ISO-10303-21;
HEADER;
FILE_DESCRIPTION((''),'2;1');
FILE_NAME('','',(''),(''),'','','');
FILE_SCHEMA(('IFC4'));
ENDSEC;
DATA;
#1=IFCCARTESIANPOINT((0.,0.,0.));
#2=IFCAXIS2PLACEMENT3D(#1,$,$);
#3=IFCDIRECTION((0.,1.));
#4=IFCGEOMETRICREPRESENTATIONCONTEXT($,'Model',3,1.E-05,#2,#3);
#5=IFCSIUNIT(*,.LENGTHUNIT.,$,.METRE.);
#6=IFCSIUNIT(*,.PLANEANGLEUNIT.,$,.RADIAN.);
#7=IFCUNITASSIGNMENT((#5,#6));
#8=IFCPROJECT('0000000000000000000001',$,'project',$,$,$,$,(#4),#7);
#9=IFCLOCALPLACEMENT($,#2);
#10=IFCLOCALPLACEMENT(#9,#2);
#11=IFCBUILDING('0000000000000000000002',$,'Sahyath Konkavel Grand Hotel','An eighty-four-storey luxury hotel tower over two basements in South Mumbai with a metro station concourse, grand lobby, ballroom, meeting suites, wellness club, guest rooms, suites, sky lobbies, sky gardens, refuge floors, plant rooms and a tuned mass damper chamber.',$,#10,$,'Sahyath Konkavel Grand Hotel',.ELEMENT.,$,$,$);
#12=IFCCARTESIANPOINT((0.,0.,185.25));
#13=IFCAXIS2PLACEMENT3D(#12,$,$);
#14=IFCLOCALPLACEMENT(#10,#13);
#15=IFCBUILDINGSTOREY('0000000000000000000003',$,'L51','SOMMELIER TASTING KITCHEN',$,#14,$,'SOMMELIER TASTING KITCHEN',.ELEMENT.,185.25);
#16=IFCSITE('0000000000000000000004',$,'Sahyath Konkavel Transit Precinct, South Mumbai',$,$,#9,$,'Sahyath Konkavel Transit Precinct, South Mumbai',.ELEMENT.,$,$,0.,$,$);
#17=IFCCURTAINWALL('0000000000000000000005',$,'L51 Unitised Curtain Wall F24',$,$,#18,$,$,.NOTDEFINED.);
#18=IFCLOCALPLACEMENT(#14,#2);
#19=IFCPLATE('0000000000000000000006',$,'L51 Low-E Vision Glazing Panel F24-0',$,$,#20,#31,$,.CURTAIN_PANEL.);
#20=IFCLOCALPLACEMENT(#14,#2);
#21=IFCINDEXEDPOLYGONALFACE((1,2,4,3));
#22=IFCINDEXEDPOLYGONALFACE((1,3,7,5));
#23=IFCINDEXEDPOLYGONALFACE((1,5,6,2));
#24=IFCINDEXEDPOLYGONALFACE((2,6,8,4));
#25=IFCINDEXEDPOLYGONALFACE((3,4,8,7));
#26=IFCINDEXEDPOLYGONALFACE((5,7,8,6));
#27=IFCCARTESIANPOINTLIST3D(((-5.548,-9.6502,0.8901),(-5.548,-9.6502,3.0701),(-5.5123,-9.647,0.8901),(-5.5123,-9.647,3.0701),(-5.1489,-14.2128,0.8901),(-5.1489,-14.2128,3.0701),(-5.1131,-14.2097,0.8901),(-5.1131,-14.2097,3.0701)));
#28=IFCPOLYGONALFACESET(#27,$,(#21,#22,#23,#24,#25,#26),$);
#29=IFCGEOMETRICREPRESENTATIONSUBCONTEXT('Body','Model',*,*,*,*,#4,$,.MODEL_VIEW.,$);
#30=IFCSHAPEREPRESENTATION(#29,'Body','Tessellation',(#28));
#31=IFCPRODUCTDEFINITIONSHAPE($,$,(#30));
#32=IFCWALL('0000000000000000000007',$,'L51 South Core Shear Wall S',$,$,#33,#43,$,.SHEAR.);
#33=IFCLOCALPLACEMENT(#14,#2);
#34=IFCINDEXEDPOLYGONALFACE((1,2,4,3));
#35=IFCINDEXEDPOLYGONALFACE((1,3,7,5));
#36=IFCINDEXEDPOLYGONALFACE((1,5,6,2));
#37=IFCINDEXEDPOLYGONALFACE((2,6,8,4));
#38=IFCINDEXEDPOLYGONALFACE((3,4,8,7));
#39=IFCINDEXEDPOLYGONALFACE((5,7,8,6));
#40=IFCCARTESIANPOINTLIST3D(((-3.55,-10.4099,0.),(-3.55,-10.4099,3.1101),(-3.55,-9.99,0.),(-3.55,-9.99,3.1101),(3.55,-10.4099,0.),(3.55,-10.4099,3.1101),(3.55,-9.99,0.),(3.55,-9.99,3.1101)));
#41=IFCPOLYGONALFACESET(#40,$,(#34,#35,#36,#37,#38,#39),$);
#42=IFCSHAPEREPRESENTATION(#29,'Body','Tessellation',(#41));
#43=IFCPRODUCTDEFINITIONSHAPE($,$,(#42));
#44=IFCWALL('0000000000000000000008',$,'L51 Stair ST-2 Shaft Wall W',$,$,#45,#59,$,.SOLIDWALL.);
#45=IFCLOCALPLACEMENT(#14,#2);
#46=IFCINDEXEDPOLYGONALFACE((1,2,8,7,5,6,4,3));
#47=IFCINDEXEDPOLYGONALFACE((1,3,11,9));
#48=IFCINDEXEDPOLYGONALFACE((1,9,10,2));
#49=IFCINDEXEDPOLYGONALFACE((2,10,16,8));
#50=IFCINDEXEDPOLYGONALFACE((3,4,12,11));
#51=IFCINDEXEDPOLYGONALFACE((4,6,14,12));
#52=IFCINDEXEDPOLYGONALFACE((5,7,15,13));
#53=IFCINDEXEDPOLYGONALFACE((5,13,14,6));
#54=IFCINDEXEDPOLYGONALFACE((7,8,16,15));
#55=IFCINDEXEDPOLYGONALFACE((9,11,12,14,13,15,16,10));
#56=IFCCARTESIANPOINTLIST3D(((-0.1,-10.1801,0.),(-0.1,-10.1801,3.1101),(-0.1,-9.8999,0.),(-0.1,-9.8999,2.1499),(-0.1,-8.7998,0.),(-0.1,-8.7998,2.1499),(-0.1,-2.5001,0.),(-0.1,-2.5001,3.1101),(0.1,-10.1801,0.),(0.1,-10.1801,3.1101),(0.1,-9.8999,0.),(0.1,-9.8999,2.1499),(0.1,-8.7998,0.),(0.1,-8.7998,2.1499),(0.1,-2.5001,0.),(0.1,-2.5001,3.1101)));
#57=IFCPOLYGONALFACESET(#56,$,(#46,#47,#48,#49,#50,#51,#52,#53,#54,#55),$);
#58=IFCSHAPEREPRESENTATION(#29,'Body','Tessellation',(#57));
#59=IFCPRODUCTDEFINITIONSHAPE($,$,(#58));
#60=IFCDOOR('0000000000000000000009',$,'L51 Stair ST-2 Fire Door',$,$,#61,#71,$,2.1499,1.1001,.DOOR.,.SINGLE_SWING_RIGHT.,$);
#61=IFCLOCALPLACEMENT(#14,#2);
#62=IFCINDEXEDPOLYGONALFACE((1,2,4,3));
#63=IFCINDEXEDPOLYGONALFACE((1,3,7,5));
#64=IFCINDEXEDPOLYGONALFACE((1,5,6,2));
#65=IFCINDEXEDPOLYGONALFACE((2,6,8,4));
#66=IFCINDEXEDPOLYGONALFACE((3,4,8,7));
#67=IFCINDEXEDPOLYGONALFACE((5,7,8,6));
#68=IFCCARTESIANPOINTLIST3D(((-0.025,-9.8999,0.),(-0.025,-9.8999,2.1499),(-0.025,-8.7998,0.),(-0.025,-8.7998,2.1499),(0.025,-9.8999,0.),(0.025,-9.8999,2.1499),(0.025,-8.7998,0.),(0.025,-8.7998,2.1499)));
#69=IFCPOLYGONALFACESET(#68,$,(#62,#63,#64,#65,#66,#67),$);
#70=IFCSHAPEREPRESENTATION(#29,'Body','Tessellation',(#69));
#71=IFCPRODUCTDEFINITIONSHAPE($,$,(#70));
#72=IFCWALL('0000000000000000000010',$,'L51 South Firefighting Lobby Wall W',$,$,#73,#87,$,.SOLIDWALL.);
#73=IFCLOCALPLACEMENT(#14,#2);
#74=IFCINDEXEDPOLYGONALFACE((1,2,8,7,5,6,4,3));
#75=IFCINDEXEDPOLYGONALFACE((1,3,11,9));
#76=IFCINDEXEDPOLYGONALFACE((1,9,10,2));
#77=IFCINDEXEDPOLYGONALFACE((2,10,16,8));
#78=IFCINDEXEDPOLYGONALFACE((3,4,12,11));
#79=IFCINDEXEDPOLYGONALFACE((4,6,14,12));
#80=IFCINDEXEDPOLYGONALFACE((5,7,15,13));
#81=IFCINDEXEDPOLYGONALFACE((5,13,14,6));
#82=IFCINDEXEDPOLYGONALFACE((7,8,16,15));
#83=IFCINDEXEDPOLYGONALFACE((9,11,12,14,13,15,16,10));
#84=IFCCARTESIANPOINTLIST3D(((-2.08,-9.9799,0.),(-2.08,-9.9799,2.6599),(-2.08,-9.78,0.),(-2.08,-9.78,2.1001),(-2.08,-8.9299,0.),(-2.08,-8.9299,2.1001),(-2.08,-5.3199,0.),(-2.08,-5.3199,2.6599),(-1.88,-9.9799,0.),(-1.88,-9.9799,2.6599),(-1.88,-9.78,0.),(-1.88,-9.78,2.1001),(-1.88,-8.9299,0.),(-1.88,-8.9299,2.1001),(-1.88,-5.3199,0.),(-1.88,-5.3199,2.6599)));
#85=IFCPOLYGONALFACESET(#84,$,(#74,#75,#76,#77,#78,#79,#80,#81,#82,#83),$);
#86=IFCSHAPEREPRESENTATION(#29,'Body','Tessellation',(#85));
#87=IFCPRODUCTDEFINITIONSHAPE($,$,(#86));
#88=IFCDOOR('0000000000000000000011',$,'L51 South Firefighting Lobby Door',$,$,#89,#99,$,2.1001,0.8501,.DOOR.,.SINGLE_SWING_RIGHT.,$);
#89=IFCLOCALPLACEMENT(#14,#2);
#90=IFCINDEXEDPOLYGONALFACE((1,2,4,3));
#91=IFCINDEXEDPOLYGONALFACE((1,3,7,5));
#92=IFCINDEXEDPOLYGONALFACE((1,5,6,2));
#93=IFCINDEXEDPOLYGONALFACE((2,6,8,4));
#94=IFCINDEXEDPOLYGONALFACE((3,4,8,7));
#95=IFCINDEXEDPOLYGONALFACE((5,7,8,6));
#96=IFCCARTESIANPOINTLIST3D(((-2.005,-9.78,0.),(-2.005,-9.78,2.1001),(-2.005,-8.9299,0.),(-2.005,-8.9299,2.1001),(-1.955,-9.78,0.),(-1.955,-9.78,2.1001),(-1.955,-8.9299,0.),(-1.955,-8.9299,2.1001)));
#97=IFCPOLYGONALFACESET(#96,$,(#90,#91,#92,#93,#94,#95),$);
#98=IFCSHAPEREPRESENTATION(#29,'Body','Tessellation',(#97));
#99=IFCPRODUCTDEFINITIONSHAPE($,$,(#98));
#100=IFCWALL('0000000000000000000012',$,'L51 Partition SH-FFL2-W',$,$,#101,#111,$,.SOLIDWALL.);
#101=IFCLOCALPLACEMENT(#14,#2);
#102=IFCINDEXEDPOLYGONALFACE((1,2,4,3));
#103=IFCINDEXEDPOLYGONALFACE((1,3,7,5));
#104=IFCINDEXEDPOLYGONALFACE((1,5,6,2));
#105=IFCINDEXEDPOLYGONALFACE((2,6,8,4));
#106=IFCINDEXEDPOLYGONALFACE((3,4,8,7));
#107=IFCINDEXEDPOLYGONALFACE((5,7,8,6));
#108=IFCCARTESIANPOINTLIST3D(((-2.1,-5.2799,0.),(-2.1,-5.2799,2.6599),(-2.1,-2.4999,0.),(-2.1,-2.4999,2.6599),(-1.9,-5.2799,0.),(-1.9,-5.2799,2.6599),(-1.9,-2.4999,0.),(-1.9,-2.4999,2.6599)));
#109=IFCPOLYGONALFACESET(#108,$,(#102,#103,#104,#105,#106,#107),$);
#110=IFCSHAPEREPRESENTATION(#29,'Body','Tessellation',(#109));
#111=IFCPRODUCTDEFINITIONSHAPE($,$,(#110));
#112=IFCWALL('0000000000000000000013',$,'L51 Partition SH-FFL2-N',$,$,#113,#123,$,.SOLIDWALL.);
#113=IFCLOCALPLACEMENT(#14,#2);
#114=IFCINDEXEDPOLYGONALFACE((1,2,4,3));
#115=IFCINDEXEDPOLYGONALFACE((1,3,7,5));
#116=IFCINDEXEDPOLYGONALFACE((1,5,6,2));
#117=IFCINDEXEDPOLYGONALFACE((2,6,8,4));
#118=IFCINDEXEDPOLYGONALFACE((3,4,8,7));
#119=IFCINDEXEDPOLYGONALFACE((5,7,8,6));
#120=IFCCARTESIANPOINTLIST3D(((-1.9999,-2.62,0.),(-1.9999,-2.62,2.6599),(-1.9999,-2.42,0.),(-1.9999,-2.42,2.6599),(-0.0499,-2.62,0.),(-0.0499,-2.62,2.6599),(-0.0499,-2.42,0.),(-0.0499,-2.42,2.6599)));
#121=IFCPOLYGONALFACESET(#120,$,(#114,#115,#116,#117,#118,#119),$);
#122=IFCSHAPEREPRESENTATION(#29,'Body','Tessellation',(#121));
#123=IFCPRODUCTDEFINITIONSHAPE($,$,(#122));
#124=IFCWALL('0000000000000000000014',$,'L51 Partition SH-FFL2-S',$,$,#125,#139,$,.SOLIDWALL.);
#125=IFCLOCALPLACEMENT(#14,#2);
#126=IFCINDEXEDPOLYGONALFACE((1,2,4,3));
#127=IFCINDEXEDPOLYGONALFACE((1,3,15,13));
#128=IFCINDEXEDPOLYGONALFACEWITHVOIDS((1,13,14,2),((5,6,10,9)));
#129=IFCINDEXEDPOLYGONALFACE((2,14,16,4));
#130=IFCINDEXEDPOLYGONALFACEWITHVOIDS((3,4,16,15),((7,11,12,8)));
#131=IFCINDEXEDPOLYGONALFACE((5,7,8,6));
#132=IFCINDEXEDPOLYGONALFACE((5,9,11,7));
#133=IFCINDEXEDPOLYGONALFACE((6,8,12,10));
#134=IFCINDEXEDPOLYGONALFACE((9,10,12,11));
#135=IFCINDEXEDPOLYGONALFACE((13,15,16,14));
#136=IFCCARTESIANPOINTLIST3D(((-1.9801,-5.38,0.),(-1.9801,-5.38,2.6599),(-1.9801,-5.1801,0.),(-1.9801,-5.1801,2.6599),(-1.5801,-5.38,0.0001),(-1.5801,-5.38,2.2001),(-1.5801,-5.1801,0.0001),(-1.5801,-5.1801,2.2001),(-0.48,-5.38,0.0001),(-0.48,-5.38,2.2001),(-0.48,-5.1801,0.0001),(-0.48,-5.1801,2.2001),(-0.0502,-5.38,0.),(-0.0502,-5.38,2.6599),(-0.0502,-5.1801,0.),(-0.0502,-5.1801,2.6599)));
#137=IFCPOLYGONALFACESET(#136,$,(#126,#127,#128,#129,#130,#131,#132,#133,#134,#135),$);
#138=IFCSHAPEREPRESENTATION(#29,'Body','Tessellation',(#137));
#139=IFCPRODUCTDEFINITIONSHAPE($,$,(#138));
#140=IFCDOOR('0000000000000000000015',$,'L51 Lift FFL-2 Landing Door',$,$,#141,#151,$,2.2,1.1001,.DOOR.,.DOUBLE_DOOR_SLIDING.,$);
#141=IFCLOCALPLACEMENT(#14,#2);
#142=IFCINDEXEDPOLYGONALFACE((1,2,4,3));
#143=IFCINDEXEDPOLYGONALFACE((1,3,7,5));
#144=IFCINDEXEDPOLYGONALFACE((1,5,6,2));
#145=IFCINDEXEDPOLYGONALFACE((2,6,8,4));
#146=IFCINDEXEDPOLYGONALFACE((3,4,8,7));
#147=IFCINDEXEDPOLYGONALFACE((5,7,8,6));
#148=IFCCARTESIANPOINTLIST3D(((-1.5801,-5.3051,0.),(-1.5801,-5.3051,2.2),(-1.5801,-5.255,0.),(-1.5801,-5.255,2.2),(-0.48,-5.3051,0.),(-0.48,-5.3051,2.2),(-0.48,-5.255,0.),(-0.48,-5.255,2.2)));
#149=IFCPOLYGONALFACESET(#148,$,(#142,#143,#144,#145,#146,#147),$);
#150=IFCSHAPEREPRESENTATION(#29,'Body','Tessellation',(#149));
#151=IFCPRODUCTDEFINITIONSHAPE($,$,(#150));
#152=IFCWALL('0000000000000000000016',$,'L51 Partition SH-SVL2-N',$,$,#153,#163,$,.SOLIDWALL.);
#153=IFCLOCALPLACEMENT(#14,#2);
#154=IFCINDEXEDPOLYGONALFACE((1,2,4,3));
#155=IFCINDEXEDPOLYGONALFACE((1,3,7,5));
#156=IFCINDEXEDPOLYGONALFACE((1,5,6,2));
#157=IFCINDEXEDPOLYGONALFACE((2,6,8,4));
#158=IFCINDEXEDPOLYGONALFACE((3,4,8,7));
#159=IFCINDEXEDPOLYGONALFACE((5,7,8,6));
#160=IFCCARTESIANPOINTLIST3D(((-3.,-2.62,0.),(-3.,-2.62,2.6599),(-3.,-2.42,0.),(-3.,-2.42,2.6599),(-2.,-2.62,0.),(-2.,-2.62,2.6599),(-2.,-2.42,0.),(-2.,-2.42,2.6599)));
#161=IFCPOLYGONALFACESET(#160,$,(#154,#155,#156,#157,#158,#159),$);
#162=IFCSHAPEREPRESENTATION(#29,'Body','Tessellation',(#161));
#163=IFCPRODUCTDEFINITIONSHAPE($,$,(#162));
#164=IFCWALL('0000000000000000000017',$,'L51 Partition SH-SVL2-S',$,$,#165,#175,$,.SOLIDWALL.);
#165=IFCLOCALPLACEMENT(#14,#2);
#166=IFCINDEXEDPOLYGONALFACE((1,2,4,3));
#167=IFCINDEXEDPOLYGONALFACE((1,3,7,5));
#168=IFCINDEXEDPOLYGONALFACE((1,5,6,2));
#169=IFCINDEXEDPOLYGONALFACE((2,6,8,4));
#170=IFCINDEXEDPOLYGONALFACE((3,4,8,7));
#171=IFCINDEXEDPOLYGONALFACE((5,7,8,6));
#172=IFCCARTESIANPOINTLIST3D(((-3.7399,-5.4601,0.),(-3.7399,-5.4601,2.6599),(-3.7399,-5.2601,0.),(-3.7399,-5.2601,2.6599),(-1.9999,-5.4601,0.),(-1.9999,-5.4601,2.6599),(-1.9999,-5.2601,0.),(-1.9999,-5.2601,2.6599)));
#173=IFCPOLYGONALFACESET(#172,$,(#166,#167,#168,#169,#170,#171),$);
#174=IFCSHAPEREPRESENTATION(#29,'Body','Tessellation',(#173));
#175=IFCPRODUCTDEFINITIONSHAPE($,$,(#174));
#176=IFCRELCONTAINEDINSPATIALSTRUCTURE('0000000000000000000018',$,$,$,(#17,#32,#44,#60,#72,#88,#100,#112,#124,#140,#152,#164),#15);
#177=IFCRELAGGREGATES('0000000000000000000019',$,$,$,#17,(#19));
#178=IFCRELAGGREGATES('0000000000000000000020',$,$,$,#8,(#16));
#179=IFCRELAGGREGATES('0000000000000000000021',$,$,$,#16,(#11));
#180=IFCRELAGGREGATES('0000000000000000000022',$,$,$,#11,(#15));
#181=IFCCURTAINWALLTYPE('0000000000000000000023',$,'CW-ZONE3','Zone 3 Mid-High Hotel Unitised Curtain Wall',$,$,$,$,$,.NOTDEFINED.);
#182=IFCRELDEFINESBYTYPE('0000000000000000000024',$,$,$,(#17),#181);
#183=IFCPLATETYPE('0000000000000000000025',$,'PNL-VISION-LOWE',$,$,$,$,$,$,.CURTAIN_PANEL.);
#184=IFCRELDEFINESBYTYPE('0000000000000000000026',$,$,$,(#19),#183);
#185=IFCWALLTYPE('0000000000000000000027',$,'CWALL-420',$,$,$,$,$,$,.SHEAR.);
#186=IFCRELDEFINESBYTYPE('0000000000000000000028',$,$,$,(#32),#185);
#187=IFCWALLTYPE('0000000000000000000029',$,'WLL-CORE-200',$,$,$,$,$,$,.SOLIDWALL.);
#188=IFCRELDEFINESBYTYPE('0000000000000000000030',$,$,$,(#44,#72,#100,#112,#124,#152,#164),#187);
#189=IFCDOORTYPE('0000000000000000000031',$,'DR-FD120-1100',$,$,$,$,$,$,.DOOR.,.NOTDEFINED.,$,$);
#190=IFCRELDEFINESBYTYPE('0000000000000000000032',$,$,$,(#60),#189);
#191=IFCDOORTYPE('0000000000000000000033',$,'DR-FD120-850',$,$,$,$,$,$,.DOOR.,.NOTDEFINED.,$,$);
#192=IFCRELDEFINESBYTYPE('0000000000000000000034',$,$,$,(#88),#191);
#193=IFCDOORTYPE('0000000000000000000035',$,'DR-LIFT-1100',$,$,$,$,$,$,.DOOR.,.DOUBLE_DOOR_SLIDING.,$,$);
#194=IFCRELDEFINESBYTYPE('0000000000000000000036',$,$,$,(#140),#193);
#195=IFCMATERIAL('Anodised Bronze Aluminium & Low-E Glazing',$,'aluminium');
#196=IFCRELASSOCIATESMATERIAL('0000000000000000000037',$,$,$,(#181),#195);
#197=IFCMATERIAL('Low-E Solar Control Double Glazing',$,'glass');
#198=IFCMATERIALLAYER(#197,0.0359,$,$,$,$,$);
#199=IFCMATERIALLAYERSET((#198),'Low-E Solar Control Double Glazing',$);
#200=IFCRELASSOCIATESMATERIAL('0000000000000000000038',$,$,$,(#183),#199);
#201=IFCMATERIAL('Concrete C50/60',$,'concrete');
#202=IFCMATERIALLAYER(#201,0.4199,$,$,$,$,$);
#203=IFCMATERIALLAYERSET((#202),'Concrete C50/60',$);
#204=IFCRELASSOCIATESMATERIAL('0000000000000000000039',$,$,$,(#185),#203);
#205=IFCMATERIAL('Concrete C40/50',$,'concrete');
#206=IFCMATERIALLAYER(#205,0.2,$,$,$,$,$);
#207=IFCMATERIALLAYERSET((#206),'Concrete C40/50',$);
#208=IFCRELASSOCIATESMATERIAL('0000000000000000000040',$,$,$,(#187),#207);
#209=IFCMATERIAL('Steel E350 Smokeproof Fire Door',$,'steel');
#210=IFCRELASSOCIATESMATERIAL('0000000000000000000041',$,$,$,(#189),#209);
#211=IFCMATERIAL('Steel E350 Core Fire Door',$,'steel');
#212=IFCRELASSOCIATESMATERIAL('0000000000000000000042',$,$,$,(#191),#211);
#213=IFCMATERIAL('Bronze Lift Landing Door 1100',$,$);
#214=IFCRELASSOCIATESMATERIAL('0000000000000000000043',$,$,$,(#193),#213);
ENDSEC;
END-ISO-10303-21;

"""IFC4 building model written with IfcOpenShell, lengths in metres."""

from ifc_helpers import new_model, si_unit, direction, frame, frame_2d, origin, origin_2d, place, context, subcontext, project, spatial, rectangle, extrude, source, transform, mapped, material, layer, layer_set, type_object, element, fill, aggregate, save


model = new_model("IFC4")

# Units and contexts
model_context = context("Model", 3, precision=1e-05, world=origin(), true_north=direction((0.0, 1.0)))
body_context = subcontext(model_context, "Body", "Model", "MODEL_VIEW")
ifc_project = project(units=[si_unit("LENGTHUNIT", "METRE"), si_unit("PLANEANGLEUNIT", "RADIAN")], contexts=[model_context])

# Site, building, storey
site_placement = place(None, origin())
site = spatial("IfcSite", under=ifc_project, at=site_placement, Name="Sahyath Konkavel Transit Precinct, South Mumbai", LongName="Sahyath Konkavel Transit Precinct, South Mumbai", CompositionType="ELEMENT", RefElevation=0.0)
building_placement = place(site_placement, origin())
building = spatial("IfcBuilding", under=site, at=building_placement, Name="Sahyath Konkavel Grand Hotel", Description="An eighty-four-storey luxury hotel tower over two basements in South Mumbai with a metro station concourse, grand lobby, ballroom, meeting suites, wellness club, guest rooms, suites, sky lobbies, sky gardens, refuge floors, plant rooms and a tuned mass damper chamber.", LongName="Sahyath Konkavel Grand Hotel", CompositionType="ELEMENT")
storey_placement = place(building_placement, frame((0.0, 0.0, 185.25)))
storey = spatial("IfcBuildingStorey", under=building, at=storey_placement, Name="L51", Description="SOMMELIER TASTING KITCHEN", LongName="SOMMELIER TASTING KITCHEN", CompositionType="ELEMENT", Elevation=185.25)

# Shared definitions
ifc_material_1 = material(Name="Concrete C50/60", Category="concrete")

# Curtain wall, plate
ifc_material_2 = material(Name="Anodised Bronze Aluminium & Low-E Glazing", Category="aluminium")
curtain_wall_type = type_object("IfcCurtainWallType", Name="CW-ZONE3", Description="Zone 3 Mid-High Hotel Unitised Curtain Wall", PredefinedType="NOTDEFINED", material=ifc_material_2)
curtain_wall_placement = place(storey_placement, origin())
curtain_wall = element("IfcCurtainWall", 1, at=curtain_wall_placement, inside=storey, type_object=curtain_wall_type, Name="L51 Unitised Curtain Wall F24", PredefinedType="NOTDEFINED")
ifc_material_3 = material(Name="Low-E Solar Control Double Glazing", Category="glass")
ifc_layer_1 = layer(ifc_material_3, 0.0359)
ifc_layer_set_1 = layer_set([ifc_layer_1], Name="Low-E Solar Control Double Glazing")
plate_type = type_object("IfcPlateType", Name="PNL-VISION-LOWE", PredefinedType="CURTAIN_PANEL", material=ifc_layer_set_1)
shared_shape_1 = source(origin(), body_context, "Body", "SweptSolid", [
    extrude(rectangle(XDim=4.5801, YDim=0.0359, at=origin_2d()), origin(), (0.0, 0.0, 1.0), 2.1799),
])
plate_placement = place(storey_placement, frame((-5.3306, -11.9299, 0.8901), z_axis=(0.0, 0.0, 1.0), x_axis=(0.087156, -0.996195, 0.0)))
plate = element("IfcPlate", 2, at=plate_placement, type_object=plate_type, Name="L51 Low-E Vision Glazing Panel F24-0", PredefinedType="CURTAIN_PANEL", context=body_context, shape_type="MappedRepresentation", body=[
    mapped(shared_shape_1, transform((0.0, 0.0, 0.0), scale=1.0)),
])
aggregate(curtain_wall, [plate])

# Wall
ifc_layer_2 = layer(ifc_material_1, 0.4199)
ifc_layer_set_2 = layer_set([ifc_layer_2], Name="Concrete C50/60")
wall_type_1 = type_object("IfcWallType", Name="CWALL-420", PredefinedType="SHEAR", material=ifc_layer_set_2)
wall_1_placement = place(storey_placement, frame((-3.55, -10.2, 0.0), z_axis=(0.0, 0.0, 1.0), x_axis=(1.0, 0.0, 0.0)))
element("IfcWall", 3, at=wall_1_placement, inside=storey, type_object=wall_type_1, Name="L51 South Core Shear Wall S", PredefinedType="SHEAR", context=body_context, shape_type="SweptSolid", body=[
    extrude(rectangle(XDim=7.1001, YDim=0.4199, at=frame_2d((3.55, 0.0))), origin(), (0.0, 0.0, 1.0), 3.1101),
])

# Walls, openings, doors
ifc_material_4 = material(Name="Concrete C40/50", Category="concrete")
ifc_layer_3 = layer(ifc_material_4, 0.2)
ifc_layer_set_3 = layer_set([ifc_layer_3], Name="Concrete C40/50")
wall_type_2 = type_object("IfcWallType", Name="WLL-CORE-200", PredefinedType="SOLIDWALL", material=ifc_layer_set_3)
wall_2_placement = place(storey_placement, frame((0.0, -10.1799, 0.0), z_axis=(0.0, 0.0, 1.0), x_axis=(0.0, 1.0, 0.0)))
wall_2 = element("IfcWall", 4, at=wall_2_placement, inside=storey, type_object=wall_type_2, Name="L51 Stair ST-2 Shaft Wall W", PredefinedType="SOLIDWALL", context=body_context, shape_type="SweptSolid", body=[
    extrude(rectangle(XDim=7.6799, YDim=0.2, at=frame_2d((3.8398, 0.0))), origin(), (0.0, 0.0, 1.0), 3.1101),
])
opening_1_placement = place(wall_2_placement, frame((0.28, 0.0, 0.0)))
opening_1 = element("IfcOpeningElement", 5, at=opening_1_placement, cuts=wall_2, PredefinedType="OPENING", context=body_context, shape_type="SweptSolid", body=[
    extrude(rectangle(XDim=1.1001, YDim=2.1499, at=frame_2d((0.55, 1.075))), frame((0.0, 0.1099, 0.0), z_axis=(0.0, -1.0, 0.0), x_axis=(1.0, 0.0, 0.0)), (0.0, 0.0, 1.0), 0.22),
])
ifc_material_5 = material(Name="Steel E350 Smokeproof Fire Door", Category="steel")
door_type_1 = type_object("IfcDoorType", Name="DR-FD120-1100", OperationType="NOTDEFINED", PredefinedType="DOOR", material=ifc_material_5)
shared_shape_2 = source(origin(), body_context, "Body", "SweptSolid", [
    extrude(rectangle(XDim=1.1001, YDim=0.05, at=origin_2d()), origin(), (0.0, 0.0, 1.0), 2.1499),
])
door_1_placement = place(opening_1_placement, frame((0.55, 0.0, 0.0)))
door_1 = element("IfcDoor", 6, at=door_1_placement, inside=storey, type_object=door_type_1, Name="L51 Stair ST-2 Fire Door", OperationType="SINGLE_SWING_RIGHT", OverallHeight=2.1499, OverallWidth=1.1001, PredefinedType="DOOR", context=body_context, shape_type="MappedRepresentation", body=[
    mapped(shared_shape_2, transform((0.0, 0.0, 0.0), scale=1.0)),
])
fill(opening_1, door_1)
wall_3_placement = place(storey_placement, frame((-1.98, -9.98, 0.0), z_axis=(0.0, 0.0, 1.0), x_axis=(0.0, 1.0, 0.0)))
wall_3 = element("IfcWall", 7, at=wall_3_placement, inside=storey, type_object=wall_type_2, Name="L51 South Firefighting Lobby Wall W", PredefinedType="SOLIDWALL", context=body_context, shape_type="SweptSolid", body=[
    extrude(rectangle(XDim=4.6599, YDim=0.2, at=frame_2d((2.3301, 0.0))), origin(), (0.0, 0.0, 1.0), 2.6599),
])
opening_2_placement = place(wall_3_placement, frame((0.2, 0.0, 0.0)))
opening_2 = element("IfcOpeningElement", 8, at=opening_2_placement, cuts=wall_3, PredefinedType="OPENING", context=body_context, shape_type="SweptSolid", body=[
    extrude(rectangle(XDim=0.8501, YDim=2.1001, at=frame_2d((0.425, 1.05))), frame((0.0, 0.1099, 0.0), z_axis=(0.0, -1.0, 0.0), x_axis=(1.0, 0.0, 0.0)), (0.0, 0.0, 1.0), 0.22),
])
ifc_material_6 = material(Name="Steel E350 Core Fire Door", Category="steel")
door_type_2 = type_object("IfcDoorType", Name="DR-FD120-850", OperationType="NOTDEFINED", PredefinedType="DOOR", material=ifc_material_6)
shared_shape_3 = source(origin(), body_context, "Body", "SweptSolid", [
    extrude(rectangle(XDim=0.8501, YDim=0.05, at=origin_2d()), origin(), (0.0, 0.0, 1.0), 2.1001),
])
door_2_placement = place(opening_2_placement, frame((0.425, 0.0, 0.0)))
door_2 = element("IfcDoor", 9, at=door_2_placement, inside=storey, type_object=door_type_2, Name="L51 South Firefighting Lobby Door", OperationType="SINGLE_SWING_RIGHT", OverallHeight=2.1001, OverallWidth=0.8501, PredefinedType="DOOR", context=body_context, shape_type="MappedRepresentation", body=[
    mapped(shared_shape_3, transform((0.0, 0.0, 0.0), scale=1.0)),
])
fill(opening_2, door_2)

# Walls
wall_4_placement = place(storey_placement, frame((-2.0, -5.28, 0.0), z_axis=(0.0, 0.0, 1.0), x_axis=(0.0, 1.0, 0.0)))
element("IfcWall", 10, at=wall_4_placement, inside=storey, type_object=wall_type_2, Name="L51 Partition SH-FFL2-W", PredefinedType="SOLIDWALL", context=body_context, shape_type="SweptSolid", body=[
    extrude(rectangle(XDim=2.78, YDim=0.2, at=frame_2d((1.3901, 0.0))), origin(), (0.0, 0.0, 1.0), 2.6599),
])
wall_5_placement = place(storey_placement, frame((-2.0, -2.52, 0.0), z_axis=(0.0, 0.0, 1.0), x_axis=(1.0, 0.0, 0.0)))
element("IfcWall", 11, at=wall_5_placement, inside=storey, type_object=wall_type_2, Name="L51 Partition SH-FFL2-N", PredefinedType="SOLIDWALL", context=body_context, shape_type="SweptSolid", body=[
    extrude(rectangle(XDim=1.95, YDim=0.2, at=frame_2d((0.9751, 0.0))), origin(), (0.0, 0.0, 1.0), 2.6599),
])

# Wall, opening, door
wall_6_placement = place(storey_placement, frame((-1.98, -5.28, 0.0), z_axis=(0.0, 0.0, 1.0), x_axis=(1.0, 0.0, 0.0)))
wall_6 = element("IfcWall", 12, at=wall_6_placement, inside=storey, type_object=wall_type_2, Name="L51 Partition SH-FFL2-S", PredefinedType="SOLIDWALL", context=body_context, shape_type="SweptSolid", body=[
    extrude(rectangle(XDim=1.9299, YDim=0.2, at=frame_2d((0.9648, 0.0))), origin(), (0.0, 0.0, 1.0), 2.6599),
])
opening_3_placement = place(wall_6_placement, frame((0.3999, 0.0, 0.0)))
opening_3 = element("IfcOpeningElement", 13, at=opening_3_placement, cuts=wall_6, PredefinedType="OPENING", context=body_context, shape_type="SweptSolid", body=[
    extrude(rectangle(XDim=1.1001, YDim=2.2, at=frame_2d((0.55, 1.1001))), frame((0.0, 0.1099, 0.0), z_axis=(0.0, -1.0, 0.0), x_axis=(1.0, 0.0, 0.0)), (0.0, 0.0, 1.0), 0.22),
])
ifc_material_7 = material(Name="Bronze Lift Landing Door 1100")
door_type_3 = type_object("IfcDoorType", Name="DR-LIFT-1100", OperationType="DOUBLE_DOOR_SLIDING", PredefinedType="DOOR", material=ifc_material_7)
shared_shape_4 = source(origin(), body_context, "Body", "SweptSolid", [
    extrude(rectangle(XDim=1.1001, YDim=0.05, at=origin_2d()), origin(), (0.0, 0.0, 1.0), 2.2),
])
door_3_placement = place(opening_3_placement, frame((0.55, 0.0, 0.0)))
door_3 = element("IfcDoor", 14, at=door_3_placement, inside=storey, type_object=door_type_3, Name="L51 Lift FFL-2 Landing Door", OperationType="DOUBLE_DOOR_SLIDING", OverallHeight=2.2, OverallWidth=1.1001, PredefinedType="DOOR", context=body_context, shape_type="MappedRepresentation", body=[
    mapped(shared_shape_4, transform((0.0, 0.0, 0.0), scale=1.0)),
])
fill(opening_3, door_3)

# Walls
wall_7_placement = place(storey_placement, frame((-3.0, -2.52, 0.0), z_axis=(0.0, 0.0, 1.0), x_axis=(1.0, 0.0, 0.0)))
element("IfcWall", 15, at=wall_7_placement, inside=storey, type_object=wall_type_2, Name="L51 Partition SH-SVL2-N", PredefinedType="SOLIDWALL", context=body_context, shape_type="SweptSolid", body=[
    extrude(rectangle(XDim=1.0, YDim=0.2, at=frame_2d((0.5, 0.0))), origin(), (0.0, 0.0, 1.0), 2.6599),
])
wall_8_placement = place(storey_placement, frame((-3.74, -5.3601, 0.0), z_axis=(0.0, 0.0, 1.0), x_axis=(1.0, 0.0, 0.0)))
element("IfcWall", 16, at=wall_8_placement, inside=storey, type_object=wall_type_2, Name="L51 Partition SH-SVL2-S", PredefinedType="SOLIDWALL", context=body_context, shape_type="SweptSolid", body=[
    extrude(rectangle(XDim=1.74, YDim=0.2, at=frame_2d((0.8701, 0.0))), origin(), (0.0, 0.0, 1.0), 2.6599),
])

save(model, "model.ifc")
